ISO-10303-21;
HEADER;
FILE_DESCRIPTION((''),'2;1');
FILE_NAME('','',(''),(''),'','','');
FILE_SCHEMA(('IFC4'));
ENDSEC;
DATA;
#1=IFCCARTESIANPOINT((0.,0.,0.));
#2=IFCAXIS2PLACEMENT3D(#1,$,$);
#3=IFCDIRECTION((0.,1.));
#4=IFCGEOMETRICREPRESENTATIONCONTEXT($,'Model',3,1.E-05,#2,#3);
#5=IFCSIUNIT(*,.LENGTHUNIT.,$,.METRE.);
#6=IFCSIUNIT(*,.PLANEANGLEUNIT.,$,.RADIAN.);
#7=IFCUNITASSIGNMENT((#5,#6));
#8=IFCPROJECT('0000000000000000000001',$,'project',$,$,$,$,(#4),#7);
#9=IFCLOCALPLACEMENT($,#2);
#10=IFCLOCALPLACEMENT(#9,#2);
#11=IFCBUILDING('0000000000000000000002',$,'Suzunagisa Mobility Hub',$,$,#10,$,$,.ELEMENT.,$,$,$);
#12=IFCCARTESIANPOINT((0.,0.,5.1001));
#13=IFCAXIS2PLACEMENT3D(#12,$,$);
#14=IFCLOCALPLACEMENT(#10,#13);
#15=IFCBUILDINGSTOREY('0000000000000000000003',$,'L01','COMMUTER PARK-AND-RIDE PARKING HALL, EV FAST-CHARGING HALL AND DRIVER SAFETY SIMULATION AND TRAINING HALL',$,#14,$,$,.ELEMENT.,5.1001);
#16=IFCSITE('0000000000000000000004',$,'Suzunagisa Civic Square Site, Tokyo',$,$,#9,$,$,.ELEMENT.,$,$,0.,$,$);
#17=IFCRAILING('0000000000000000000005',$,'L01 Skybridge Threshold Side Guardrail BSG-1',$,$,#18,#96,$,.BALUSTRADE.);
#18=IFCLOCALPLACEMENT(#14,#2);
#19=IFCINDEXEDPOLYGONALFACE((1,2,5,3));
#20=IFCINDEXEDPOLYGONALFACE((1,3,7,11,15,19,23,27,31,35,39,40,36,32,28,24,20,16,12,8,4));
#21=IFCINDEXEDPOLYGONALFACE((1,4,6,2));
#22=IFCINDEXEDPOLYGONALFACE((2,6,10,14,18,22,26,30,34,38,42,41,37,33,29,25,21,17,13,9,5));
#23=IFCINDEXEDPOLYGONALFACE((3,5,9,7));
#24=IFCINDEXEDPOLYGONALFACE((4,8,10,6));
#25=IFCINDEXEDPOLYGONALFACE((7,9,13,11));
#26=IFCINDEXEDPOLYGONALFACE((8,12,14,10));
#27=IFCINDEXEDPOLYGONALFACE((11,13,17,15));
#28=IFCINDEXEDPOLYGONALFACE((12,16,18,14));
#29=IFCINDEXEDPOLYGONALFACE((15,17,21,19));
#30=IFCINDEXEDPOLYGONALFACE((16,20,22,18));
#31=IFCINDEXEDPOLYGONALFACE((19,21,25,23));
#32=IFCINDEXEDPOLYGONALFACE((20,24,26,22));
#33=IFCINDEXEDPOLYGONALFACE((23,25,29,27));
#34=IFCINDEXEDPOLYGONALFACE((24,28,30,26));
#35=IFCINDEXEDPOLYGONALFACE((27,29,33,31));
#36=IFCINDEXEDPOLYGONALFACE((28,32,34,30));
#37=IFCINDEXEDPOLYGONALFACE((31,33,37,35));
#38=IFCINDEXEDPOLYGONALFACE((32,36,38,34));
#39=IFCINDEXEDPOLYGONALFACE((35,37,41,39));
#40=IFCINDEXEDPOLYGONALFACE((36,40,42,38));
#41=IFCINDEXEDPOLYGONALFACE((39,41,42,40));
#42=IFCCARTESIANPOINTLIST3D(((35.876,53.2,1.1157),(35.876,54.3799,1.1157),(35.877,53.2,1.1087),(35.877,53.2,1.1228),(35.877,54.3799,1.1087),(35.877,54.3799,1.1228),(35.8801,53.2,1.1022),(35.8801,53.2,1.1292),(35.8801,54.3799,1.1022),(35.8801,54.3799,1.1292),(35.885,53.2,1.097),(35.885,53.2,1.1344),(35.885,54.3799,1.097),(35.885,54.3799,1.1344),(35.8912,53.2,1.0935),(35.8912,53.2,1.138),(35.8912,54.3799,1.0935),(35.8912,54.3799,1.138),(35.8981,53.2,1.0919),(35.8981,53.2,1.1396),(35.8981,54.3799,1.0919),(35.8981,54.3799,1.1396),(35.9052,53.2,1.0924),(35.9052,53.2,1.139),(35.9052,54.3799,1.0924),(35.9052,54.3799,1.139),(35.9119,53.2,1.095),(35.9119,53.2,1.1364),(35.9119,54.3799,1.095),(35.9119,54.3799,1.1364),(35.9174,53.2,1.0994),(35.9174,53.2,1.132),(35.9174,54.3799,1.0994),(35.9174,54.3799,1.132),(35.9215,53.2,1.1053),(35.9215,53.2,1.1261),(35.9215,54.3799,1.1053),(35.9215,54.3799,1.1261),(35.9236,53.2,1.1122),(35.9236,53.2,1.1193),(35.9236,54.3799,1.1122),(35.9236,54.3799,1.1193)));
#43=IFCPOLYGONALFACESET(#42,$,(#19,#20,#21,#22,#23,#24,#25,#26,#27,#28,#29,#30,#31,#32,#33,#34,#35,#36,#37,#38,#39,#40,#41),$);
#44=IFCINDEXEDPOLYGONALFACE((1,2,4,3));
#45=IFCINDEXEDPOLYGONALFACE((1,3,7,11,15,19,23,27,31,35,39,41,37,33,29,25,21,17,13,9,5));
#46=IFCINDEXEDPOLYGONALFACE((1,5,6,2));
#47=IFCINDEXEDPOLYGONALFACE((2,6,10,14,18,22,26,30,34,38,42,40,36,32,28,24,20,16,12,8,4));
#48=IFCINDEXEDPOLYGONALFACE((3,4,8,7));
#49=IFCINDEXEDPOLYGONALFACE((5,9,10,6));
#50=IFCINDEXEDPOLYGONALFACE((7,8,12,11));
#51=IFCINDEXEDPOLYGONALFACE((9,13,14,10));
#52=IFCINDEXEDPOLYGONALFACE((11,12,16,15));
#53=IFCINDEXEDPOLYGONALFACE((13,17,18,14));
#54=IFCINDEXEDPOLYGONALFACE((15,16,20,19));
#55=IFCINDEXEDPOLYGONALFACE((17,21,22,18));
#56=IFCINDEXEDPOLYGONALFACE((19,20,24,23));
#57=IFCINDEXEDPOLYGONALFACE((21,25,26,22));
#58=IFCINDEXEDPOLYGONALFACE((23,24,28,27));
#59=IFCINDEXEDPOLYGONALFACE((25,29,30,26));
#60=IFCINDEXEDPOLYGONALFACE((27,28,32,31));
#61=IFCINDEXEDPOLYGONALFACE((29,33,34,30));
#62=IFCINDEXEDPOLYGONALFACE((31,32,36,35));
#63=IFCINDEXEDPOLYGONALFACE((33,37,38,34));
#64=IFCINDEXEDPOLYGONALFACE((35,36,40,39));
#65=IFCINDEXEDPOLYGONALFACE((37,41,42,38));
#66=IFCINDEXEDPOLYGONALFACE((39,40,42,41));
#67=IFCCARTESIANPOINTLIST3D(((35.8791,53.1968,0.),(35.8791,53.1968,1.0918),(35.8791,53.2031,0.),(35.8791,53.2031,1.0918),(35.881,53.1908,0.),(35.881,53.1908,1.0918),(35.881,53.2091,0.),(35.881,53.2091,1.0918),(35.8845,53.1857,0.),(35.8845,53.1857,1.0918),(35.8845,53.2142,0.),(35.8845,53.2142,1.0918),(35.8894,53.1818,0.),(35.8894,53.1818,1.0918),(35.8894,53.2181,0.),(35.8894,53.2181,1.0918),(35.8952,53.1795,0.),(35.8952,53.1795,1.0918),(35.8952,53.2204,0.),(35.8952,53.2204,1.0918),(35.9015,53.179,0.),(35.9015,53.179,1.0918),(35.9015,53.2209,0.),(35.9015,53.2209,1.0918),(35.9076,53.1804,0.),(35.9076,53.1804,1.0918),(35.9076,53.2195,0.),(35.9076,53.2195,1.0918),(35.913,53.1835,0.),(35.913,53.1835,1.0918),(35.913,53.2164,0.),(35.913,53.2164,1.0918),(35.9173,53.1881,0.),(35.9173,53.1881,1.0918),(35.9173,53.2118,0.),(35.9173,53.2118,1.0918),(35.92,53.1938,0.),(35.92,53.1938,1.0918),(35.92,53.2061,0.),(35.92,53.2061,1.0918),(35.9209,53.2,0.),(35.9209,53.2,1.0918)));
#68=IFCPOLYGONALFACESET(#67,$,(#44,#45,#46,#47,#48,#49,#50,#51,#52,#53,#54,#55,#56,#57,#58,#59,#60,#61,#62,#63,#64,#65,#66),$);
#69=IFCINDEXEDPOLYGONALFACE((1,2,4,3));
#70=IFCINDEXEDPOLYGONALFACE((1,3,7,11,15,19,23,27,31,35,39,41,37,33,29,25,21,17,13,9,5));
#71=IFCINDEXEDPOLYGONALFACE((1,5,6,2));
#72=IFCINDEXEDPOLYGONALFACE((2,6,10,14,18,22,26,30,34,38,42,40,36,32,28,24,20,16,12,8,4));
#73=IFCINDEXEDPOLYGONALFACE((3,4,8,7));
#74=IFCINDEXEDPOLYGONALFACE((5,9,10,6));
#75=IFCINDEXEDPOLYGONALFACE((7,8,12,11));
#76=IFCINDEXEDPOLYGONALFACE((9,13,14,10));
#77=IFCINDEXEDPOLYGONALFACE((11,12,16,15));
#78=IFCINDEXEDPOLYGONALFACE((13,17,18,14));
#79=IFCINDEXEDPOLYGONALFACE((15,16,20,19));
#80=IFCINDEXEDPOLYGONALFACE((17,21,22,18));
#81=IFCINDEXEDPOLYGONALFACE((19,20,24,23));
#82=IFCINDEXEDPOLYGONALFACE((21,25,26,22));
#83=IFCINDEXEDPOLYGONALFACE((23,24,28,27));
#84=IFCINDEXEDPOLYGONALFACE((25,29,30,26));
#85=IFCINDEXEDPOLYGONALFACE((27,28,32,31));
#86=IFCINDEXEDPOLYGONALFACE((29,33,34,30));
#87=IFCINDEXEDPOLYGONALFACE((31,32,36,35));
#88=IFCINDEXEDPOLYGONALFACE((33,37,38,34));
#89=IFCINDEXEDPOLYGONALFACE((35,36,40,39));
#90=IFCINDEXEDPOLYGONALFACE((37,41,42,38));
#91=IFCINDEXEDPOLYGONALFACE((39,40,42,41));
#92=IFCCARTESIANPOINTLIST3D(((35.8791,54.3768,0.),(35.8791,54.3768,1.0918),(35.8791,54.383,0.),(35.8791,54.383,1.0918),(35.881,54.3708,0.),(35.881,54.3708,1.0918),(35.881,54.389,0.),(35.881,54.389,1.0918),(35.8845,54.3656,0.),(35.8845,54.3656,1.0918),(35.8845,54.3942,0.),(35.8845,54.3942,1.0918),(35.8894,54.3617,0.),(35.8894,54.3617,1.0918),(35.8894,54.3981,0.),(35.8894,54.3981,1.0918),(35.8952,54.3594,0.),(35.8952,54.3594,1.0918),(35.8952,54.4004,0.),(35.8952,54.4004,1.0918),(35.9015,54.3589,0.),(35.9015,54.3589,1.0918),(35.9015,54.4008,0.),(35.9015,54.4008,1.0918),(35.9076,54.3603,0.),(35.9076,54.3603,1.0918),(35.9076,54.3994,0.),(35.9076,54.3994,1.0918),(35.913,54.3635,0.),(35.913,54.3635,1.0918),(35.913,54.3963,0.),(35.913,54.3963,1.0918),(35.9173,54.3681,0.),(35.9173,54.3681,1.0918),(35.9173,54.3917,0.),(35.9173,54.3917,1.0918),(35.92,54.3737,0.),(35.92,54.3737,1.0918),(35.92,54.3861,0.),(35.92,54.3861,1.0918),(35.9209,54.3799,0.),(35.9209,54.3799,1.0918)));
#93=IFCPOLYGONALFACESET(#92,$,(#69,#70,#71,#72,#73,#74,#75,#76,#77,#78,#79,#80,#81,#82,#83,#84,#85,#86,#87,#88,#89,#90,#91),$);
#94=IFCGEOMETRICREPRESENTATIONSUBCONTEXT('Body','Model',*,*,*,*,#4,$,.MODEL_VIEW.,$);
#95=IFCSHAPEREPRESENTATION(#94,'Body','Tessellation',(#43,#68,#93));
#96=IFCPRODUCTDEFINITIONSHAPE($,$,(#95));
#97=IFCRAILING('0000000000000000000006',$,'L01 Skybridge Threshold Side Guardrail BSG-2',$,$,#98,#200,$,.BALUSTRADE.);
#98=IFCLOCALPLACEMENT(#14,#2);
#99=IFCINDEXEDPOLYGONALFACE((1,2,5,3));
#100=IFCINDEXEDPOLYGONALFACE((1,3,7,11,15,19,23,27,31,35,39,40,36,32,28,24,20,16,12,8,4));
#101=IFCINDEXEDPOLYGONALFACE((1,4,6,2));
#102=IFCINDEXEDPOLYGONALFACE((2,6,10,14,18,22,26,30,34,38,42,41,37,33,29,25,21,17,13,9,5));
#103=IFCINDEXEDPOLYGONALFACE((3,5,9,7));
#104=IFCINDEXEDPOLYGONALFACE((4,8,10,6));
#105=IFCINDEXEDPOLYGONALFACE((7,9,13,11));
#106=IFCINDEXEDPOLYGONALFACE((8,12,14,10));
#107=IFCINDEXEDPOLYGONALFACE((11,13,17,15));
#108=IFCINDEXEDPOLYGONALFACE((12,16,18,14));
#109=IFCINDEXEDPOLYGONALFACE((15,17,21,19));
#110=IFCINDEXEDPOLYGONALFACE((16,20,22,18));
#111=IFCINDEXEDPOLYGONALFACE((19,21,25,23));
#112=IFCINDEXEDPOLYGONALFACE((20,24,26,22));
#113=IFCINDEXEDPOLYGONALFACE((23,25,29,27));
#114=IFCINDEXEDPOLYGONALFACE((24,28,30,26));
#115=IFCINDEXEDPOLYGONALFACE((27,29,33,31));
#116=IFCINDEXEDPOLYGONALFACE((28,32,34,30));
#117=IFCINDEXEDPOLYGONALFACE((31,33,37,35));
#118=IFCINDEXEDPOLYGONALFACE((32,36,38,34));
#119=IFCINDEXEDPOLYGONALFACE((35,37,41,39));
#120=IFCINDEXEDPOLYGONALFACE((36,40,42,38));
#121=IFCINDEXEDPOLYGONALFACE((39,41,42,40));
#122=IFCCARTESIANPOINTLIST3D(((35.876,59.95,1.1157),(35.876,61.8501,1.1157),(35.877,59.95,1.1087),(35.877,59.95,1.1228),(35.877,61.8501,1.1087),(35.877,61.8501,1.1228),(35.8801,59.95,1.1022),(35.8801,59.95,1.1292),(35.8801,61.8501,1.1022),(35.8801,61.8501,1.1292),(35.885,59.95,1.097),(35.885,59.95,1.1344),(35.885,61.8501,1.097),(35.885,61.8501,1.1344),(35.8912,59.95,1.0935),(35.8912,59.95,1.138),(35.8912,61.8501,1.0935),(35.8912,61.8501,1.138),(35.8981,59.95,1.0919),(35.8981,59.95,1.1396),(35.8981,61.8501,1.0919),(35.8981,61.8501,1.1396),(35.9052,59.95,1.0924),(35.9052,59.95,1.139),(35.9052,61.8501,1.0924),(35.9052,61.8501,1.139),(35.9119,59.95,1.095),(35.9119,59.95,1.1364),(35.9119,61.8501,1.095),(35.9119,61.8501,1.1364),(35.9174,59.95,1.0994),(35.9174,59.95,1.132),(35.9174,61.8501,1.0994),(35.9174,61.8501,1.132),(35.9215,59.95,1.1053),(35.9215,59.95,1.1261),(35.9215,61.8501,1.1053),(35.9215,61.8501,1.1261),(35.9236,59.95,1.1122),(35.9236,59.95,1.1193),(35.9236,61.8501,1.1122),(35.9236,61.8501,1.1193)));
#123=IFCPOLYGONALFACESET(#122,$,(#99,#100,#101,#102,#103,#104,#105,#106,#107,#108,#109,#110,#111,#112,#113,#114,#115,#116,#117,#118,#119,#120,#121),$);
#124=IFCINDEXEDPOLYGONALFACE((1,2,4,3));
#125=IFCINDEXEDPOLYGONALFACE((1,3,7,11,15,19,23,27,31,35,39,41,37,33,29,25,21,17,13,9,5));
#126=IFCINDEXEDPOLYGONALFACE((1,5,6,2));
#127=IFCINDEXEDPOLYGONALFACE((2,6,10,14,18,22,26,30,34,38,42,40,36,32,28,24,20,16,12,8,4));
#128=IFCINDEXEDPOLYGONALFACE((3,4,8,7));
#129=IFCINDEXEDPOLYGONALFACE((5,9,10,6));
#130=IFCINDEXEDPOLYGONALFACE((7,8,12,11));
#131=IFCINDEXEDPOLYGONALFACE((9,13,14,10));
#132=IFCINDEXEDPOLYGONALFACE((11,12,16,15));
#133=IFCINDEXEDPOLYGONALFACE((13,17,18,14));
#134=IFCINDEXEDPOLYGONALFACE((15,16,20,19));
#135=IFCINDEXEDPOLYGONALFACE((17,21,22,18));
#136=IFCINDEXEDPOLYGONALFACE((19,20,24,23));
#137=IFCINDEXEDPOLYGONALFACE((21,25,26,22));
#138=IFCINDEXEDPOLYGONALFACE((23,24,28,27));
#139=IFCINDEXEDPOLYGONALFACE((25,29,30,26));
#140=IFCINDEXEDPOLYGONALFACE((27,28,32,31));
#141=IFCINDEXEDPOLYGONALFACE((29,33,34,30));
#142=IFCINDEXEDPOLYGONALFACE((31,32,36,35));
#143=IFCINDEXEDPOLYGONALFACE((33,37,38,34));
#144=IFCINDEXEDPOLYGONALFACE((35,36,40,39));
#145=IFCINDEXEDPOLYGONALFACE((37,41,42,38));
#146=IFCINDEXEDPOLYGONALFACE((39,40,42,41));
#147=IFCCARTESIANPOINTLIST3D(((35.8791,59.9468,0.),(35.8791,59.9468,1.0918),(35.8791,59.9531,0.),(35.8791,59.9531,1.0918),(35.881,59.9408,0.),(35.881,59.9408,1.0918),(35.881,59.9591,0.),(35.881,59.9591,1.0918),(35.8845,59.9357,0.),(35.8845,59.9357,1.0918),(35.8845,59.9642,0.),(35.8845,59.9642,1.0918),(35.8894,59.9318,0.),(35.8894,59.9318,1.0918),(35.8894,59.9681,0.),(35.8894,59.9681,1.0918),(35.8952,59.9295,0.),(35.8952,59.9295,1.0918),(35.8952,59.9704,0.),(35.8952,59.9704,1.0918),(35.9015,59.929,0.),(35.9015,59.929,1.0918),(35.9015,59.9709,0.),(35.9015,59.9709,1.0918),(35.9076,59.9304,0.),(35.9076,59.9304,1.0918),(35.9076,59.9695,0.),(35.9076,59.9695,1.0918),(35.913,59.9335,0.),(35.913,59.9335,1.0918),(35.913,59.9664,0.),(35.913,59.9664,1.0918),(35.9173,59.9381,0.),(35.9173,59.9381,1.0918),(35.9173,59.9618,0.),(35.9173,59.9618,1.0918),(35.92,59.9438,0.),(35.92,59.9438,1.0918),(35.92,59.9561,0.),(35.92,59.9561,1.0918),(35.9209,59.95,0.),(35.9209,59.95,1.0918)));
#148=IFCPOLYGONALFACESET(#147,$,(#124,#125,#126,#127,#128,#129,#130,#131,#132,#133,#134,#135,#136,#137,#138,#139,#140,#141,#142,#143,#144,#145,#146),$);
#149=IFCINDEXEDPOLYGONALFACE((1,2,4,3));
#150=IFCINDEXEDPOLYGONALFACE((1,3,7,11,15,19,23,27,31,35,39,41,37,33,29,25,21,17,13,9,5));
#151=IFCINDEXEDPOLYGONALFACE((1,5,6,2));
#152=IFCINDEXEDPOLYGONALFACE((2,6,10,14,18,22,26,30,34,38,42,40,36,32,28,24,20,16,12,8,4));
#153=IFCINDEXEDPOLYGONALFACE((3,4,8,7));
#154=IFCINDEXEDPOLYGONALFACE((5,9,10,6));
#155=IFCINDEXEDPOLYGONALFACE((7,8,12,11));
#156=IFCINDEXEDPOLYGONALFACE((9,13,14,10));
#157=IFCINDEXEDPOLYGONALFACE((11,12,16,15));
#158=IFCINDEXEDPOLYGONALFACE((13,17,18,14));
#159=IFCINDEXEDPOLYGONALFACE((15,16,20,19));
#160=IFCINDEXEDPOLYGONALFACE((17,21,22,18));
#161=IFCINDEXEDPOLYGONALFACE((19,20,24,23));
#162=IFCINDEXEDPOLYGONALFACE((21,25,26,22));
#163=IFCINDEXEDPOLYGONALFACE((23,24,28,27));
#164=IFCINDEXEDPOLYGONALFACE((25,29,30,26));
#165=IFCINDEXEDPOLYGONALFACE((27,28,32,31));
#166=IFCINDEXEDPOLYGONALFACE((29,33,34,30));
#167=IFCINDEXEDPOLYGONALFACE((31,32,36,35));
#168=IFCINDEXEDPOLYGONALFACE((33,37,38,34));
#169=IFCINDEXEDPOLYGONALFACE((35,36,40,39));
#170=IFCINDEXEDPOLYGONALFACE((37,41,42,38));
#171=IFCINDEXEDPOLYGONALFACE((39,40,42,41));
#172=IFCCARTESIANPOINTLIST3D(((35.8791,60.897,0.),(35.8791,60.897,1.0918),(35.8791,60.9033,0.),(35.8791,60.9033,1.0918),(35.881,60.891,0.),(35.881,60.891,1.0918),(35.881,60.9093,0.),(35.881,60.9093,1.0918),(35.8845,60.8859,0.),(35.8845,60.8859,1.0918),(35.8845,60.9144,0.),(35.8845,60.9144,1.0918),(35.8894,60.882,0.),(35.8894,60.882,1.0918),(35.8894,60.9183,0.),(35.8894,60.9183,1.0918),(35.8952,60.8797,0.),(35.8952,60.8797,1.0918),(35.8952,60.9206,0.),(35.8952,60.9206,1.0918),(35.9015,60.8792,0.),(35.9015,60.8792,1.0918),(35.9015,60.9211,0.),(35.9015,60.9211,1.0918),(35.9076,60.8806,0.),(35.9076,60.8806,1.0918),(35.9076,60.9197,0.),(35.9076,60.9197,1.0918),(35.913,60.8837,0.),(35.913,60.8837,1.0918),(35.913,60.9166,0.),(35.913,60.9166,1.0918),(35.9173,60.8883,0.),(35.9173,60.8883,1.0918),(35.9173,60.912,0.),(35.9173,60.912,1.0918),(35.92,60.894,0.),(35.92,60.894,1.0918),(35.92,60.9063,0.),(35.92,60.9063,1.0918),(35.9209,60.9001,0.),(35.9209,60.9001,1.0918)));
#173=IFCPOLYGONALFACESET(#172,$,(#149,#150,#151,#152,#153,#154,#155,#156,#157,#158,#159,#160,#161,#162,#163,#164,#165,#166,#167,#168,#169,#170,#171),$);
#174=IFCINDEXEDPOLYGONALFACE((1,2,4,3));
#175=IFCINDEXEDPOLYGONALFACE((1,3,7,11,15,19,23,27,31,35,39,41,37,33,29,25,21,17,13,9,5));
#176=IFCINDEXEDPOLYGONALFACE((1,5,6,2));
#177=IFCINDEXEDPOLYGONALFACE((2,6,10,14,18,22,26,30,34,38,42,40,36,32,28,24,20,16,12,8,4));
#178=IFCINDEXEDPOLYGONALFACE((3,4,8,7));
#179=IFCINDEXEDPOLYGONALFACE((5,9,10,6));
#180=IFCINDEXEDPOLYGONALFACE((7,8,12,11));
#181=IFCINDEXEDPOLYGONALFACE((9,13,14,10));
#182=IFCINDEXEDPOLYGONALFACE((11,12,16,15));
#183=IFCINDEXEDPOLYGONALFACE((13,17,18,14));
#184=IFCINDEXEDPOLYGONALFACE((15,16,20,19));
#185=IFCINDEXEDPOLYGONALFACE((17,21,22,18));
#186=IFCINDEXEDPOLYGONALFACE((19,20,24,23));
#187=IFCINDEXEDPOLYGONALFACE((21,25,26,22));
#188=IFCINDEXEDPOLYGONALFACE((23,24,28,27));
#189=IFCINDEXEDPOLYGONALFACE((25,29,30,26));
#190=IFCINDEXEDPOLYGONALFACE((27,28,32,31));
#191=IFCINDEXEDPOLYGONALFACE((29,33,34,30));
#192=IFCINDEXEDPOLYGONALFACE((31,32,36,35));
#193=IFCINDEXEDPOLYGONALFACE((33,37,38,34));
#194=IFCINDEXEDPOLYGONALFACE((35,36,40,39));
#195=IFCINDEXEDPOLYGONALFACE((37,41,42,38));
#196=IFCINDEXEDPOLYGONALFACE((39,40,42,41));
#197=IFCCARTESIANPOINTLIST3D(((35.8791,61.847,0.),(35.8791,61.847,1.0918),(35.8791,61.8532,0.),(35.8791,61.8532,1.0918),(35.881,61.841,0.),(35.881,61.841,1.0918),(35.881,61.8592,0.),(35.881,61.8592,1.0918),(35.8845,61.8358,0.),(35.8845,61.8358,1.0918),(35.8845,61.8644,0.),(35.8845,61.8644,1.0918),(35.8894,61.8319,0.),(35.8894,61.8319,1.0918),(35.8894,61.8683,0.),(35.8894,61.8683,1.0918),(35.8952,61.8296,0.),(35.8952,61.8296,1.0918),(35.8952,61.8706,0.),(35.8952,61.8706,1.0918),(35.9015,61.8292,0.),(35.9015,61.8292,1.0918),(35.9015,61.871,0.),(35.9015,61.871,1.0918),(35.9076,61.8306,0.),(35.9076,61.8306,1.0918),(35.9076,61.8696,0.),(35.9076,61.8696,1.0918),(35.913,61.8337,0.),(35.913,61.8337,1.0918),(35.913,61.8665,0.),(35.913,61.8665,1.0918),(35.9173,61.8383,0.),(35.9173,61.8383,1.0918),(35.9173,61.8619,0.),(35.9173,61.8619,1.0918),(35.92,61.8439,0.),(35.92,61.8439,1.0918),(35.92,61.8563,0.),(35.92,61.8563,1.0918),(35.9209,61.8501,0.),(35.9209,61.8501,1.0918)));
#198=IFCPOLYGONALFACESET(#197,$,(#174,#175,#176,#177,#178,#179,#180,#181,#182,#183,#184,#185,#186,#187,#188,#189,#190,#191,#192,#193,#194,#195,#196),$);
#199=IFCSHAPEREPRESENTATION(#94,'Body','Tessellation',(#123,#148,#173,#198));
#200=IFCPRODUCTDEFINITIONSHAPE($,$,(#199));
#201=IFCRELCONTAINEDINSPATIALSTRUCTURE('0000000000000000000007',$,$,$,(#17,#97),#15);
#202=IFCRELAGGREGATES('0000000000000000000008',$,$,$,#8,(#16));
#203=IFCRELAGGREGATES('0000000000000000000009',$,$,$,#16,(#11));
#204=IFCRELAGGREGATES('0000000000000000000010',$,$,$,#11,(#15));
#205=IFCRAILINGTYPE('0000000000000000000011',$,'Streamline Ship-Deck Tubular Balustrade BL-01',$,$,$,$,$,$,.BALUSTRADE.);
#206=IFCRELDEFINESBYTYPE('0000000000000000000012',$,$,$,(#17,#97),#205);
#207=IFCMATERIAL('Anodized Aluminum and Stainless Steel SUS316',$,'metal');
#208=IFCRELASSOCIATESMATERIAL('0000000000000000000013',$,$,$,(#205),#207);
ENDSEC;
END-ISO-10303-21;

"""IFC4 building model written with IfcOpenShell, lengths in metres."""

from ifc_helpers import new_model, si_unit, direction, frame, origin, origin_2d, place, context, subcontext, project, spatial, circle, extrude, material, type_object, element, save


model = new_model("IFC4")

# Units and contexts
model_context = context("Model", 3, precision=1e-05, world=origin(), true_north=direction((0.0, 1.0)))
body_context = subcontext(model_context, "Body", "Model", "MODEL_VIEW")
ifc_project = project(units=[si_unit("LENGTHUNIT", "METRE"), si_unit("PLANEANGLEUNIT", "RADIAN")], contexts=[model_context])

# Site, building, storey
site_placement = place(None, origin())
site = spatial("IfcSite", under=ifc_project, at=site_placement, Name="Suzunagisa Civic Square Site, Tokyo", CompositionType="ELEMENT", RefElevation=0.0)
building_placement = place(site_placement, origin())
building = spatial("IfcBuilding", under=site, at=building_placement, Name="Suzunagisa Mobility Hub", CompositionType="ELEMENT")
storey_placement = place(building_placement, frame((0.0, 0.0, 5.1001)))
storey = spatial("IfcBuildingStorey", under=building, at=storey_placement, Name="L01", Description="COMMUTER PARK-AND-RIDE PARKING HALL, EV FAST-CHARGING HALL AND DRIVER SAFETY SIMULATION AND TRAINING HALL", CompositionType="ELEMENT", Elevation=5.1001)

# Railings
ifc_material_1 = material(Name="Anodized Aluminum and Stainless Steel SUS316", Category="metal")
railing_type = type_object("IfcRailingType", Name="Streamline Ship-Deck Tubular Balustrade BL-01", PredefinedType="BALUSTRADE", material=ifc_material_1)
railing_1_placement = place(storey_placement, frame((35.8999, 53.2, 0.0)))
element("IfcRailing", 1, at=railing_1_placement, inside=storey, type_object=railing_type, Name="L01 Skybridge Threshold Side Guardrail BSG-1", PredefinedType="BALUSTRADE", context=body_context, shape_type="SweptSolid", body=[
    extrude(circle(Radius=0.0239, at=origin_2d()), frame((0.0, 0.0, 1.1157), z_axis=(0.0, 1.0, 0.0), x_axis=(-1.0, 0.0, 0.0)), (0.0, 0.0, 1.0), 1.1799),
    extrude(circle(Radius=0.021, at=origin_2d()), origin(), (0.0, 0.0, 1.0), 1.0918),
    extrude(circle(Radius=0.021, at=origin_2d()), frame((0.0, 1.1799, 0.0)), (0.0, 0.0, 1.0), 1.0918),
])
railing_2_placement = place(storey_placement, frame((35.8999, 59.95, 0.0)))
element("IfcRailing", 2, at=railing_2_placement, inside=storey, type_object=railing_type, Name="L01 Skybridge Threshold Side Guardrail BSG-2", PredefinedType="BALUSTRADE", context=body_context, shape_type="SweptSolid", body=[
    extrude(circle(Radius=0.0239, at=origin_2d()), frame((0.0, 0.0, 1.1157), z_axis=(0.0, 1.0, 0.0), x_axis=(-1.0, 0.0, 0.0)), (0.0, 0.0, 1.0), 1.9001),
    extrude(circle(Radius=0.021, at=origin_2d()), origin(), (0.0, 0.0, 1.0), 1.0918),
    extrude(circle(Radius=0.021, at=origin_2d()), frame((0.0, 0.9502, 0.0)), (0.0, 0.0, 1.0), 1.0918),
    extrude(circle(Radius=0.021, at=origin_2d()), frame((0.0, 1.9001, 0.0)), (0.0, 0.0, 1.0), 1.0918),
])

save(model, "model.ifc")
